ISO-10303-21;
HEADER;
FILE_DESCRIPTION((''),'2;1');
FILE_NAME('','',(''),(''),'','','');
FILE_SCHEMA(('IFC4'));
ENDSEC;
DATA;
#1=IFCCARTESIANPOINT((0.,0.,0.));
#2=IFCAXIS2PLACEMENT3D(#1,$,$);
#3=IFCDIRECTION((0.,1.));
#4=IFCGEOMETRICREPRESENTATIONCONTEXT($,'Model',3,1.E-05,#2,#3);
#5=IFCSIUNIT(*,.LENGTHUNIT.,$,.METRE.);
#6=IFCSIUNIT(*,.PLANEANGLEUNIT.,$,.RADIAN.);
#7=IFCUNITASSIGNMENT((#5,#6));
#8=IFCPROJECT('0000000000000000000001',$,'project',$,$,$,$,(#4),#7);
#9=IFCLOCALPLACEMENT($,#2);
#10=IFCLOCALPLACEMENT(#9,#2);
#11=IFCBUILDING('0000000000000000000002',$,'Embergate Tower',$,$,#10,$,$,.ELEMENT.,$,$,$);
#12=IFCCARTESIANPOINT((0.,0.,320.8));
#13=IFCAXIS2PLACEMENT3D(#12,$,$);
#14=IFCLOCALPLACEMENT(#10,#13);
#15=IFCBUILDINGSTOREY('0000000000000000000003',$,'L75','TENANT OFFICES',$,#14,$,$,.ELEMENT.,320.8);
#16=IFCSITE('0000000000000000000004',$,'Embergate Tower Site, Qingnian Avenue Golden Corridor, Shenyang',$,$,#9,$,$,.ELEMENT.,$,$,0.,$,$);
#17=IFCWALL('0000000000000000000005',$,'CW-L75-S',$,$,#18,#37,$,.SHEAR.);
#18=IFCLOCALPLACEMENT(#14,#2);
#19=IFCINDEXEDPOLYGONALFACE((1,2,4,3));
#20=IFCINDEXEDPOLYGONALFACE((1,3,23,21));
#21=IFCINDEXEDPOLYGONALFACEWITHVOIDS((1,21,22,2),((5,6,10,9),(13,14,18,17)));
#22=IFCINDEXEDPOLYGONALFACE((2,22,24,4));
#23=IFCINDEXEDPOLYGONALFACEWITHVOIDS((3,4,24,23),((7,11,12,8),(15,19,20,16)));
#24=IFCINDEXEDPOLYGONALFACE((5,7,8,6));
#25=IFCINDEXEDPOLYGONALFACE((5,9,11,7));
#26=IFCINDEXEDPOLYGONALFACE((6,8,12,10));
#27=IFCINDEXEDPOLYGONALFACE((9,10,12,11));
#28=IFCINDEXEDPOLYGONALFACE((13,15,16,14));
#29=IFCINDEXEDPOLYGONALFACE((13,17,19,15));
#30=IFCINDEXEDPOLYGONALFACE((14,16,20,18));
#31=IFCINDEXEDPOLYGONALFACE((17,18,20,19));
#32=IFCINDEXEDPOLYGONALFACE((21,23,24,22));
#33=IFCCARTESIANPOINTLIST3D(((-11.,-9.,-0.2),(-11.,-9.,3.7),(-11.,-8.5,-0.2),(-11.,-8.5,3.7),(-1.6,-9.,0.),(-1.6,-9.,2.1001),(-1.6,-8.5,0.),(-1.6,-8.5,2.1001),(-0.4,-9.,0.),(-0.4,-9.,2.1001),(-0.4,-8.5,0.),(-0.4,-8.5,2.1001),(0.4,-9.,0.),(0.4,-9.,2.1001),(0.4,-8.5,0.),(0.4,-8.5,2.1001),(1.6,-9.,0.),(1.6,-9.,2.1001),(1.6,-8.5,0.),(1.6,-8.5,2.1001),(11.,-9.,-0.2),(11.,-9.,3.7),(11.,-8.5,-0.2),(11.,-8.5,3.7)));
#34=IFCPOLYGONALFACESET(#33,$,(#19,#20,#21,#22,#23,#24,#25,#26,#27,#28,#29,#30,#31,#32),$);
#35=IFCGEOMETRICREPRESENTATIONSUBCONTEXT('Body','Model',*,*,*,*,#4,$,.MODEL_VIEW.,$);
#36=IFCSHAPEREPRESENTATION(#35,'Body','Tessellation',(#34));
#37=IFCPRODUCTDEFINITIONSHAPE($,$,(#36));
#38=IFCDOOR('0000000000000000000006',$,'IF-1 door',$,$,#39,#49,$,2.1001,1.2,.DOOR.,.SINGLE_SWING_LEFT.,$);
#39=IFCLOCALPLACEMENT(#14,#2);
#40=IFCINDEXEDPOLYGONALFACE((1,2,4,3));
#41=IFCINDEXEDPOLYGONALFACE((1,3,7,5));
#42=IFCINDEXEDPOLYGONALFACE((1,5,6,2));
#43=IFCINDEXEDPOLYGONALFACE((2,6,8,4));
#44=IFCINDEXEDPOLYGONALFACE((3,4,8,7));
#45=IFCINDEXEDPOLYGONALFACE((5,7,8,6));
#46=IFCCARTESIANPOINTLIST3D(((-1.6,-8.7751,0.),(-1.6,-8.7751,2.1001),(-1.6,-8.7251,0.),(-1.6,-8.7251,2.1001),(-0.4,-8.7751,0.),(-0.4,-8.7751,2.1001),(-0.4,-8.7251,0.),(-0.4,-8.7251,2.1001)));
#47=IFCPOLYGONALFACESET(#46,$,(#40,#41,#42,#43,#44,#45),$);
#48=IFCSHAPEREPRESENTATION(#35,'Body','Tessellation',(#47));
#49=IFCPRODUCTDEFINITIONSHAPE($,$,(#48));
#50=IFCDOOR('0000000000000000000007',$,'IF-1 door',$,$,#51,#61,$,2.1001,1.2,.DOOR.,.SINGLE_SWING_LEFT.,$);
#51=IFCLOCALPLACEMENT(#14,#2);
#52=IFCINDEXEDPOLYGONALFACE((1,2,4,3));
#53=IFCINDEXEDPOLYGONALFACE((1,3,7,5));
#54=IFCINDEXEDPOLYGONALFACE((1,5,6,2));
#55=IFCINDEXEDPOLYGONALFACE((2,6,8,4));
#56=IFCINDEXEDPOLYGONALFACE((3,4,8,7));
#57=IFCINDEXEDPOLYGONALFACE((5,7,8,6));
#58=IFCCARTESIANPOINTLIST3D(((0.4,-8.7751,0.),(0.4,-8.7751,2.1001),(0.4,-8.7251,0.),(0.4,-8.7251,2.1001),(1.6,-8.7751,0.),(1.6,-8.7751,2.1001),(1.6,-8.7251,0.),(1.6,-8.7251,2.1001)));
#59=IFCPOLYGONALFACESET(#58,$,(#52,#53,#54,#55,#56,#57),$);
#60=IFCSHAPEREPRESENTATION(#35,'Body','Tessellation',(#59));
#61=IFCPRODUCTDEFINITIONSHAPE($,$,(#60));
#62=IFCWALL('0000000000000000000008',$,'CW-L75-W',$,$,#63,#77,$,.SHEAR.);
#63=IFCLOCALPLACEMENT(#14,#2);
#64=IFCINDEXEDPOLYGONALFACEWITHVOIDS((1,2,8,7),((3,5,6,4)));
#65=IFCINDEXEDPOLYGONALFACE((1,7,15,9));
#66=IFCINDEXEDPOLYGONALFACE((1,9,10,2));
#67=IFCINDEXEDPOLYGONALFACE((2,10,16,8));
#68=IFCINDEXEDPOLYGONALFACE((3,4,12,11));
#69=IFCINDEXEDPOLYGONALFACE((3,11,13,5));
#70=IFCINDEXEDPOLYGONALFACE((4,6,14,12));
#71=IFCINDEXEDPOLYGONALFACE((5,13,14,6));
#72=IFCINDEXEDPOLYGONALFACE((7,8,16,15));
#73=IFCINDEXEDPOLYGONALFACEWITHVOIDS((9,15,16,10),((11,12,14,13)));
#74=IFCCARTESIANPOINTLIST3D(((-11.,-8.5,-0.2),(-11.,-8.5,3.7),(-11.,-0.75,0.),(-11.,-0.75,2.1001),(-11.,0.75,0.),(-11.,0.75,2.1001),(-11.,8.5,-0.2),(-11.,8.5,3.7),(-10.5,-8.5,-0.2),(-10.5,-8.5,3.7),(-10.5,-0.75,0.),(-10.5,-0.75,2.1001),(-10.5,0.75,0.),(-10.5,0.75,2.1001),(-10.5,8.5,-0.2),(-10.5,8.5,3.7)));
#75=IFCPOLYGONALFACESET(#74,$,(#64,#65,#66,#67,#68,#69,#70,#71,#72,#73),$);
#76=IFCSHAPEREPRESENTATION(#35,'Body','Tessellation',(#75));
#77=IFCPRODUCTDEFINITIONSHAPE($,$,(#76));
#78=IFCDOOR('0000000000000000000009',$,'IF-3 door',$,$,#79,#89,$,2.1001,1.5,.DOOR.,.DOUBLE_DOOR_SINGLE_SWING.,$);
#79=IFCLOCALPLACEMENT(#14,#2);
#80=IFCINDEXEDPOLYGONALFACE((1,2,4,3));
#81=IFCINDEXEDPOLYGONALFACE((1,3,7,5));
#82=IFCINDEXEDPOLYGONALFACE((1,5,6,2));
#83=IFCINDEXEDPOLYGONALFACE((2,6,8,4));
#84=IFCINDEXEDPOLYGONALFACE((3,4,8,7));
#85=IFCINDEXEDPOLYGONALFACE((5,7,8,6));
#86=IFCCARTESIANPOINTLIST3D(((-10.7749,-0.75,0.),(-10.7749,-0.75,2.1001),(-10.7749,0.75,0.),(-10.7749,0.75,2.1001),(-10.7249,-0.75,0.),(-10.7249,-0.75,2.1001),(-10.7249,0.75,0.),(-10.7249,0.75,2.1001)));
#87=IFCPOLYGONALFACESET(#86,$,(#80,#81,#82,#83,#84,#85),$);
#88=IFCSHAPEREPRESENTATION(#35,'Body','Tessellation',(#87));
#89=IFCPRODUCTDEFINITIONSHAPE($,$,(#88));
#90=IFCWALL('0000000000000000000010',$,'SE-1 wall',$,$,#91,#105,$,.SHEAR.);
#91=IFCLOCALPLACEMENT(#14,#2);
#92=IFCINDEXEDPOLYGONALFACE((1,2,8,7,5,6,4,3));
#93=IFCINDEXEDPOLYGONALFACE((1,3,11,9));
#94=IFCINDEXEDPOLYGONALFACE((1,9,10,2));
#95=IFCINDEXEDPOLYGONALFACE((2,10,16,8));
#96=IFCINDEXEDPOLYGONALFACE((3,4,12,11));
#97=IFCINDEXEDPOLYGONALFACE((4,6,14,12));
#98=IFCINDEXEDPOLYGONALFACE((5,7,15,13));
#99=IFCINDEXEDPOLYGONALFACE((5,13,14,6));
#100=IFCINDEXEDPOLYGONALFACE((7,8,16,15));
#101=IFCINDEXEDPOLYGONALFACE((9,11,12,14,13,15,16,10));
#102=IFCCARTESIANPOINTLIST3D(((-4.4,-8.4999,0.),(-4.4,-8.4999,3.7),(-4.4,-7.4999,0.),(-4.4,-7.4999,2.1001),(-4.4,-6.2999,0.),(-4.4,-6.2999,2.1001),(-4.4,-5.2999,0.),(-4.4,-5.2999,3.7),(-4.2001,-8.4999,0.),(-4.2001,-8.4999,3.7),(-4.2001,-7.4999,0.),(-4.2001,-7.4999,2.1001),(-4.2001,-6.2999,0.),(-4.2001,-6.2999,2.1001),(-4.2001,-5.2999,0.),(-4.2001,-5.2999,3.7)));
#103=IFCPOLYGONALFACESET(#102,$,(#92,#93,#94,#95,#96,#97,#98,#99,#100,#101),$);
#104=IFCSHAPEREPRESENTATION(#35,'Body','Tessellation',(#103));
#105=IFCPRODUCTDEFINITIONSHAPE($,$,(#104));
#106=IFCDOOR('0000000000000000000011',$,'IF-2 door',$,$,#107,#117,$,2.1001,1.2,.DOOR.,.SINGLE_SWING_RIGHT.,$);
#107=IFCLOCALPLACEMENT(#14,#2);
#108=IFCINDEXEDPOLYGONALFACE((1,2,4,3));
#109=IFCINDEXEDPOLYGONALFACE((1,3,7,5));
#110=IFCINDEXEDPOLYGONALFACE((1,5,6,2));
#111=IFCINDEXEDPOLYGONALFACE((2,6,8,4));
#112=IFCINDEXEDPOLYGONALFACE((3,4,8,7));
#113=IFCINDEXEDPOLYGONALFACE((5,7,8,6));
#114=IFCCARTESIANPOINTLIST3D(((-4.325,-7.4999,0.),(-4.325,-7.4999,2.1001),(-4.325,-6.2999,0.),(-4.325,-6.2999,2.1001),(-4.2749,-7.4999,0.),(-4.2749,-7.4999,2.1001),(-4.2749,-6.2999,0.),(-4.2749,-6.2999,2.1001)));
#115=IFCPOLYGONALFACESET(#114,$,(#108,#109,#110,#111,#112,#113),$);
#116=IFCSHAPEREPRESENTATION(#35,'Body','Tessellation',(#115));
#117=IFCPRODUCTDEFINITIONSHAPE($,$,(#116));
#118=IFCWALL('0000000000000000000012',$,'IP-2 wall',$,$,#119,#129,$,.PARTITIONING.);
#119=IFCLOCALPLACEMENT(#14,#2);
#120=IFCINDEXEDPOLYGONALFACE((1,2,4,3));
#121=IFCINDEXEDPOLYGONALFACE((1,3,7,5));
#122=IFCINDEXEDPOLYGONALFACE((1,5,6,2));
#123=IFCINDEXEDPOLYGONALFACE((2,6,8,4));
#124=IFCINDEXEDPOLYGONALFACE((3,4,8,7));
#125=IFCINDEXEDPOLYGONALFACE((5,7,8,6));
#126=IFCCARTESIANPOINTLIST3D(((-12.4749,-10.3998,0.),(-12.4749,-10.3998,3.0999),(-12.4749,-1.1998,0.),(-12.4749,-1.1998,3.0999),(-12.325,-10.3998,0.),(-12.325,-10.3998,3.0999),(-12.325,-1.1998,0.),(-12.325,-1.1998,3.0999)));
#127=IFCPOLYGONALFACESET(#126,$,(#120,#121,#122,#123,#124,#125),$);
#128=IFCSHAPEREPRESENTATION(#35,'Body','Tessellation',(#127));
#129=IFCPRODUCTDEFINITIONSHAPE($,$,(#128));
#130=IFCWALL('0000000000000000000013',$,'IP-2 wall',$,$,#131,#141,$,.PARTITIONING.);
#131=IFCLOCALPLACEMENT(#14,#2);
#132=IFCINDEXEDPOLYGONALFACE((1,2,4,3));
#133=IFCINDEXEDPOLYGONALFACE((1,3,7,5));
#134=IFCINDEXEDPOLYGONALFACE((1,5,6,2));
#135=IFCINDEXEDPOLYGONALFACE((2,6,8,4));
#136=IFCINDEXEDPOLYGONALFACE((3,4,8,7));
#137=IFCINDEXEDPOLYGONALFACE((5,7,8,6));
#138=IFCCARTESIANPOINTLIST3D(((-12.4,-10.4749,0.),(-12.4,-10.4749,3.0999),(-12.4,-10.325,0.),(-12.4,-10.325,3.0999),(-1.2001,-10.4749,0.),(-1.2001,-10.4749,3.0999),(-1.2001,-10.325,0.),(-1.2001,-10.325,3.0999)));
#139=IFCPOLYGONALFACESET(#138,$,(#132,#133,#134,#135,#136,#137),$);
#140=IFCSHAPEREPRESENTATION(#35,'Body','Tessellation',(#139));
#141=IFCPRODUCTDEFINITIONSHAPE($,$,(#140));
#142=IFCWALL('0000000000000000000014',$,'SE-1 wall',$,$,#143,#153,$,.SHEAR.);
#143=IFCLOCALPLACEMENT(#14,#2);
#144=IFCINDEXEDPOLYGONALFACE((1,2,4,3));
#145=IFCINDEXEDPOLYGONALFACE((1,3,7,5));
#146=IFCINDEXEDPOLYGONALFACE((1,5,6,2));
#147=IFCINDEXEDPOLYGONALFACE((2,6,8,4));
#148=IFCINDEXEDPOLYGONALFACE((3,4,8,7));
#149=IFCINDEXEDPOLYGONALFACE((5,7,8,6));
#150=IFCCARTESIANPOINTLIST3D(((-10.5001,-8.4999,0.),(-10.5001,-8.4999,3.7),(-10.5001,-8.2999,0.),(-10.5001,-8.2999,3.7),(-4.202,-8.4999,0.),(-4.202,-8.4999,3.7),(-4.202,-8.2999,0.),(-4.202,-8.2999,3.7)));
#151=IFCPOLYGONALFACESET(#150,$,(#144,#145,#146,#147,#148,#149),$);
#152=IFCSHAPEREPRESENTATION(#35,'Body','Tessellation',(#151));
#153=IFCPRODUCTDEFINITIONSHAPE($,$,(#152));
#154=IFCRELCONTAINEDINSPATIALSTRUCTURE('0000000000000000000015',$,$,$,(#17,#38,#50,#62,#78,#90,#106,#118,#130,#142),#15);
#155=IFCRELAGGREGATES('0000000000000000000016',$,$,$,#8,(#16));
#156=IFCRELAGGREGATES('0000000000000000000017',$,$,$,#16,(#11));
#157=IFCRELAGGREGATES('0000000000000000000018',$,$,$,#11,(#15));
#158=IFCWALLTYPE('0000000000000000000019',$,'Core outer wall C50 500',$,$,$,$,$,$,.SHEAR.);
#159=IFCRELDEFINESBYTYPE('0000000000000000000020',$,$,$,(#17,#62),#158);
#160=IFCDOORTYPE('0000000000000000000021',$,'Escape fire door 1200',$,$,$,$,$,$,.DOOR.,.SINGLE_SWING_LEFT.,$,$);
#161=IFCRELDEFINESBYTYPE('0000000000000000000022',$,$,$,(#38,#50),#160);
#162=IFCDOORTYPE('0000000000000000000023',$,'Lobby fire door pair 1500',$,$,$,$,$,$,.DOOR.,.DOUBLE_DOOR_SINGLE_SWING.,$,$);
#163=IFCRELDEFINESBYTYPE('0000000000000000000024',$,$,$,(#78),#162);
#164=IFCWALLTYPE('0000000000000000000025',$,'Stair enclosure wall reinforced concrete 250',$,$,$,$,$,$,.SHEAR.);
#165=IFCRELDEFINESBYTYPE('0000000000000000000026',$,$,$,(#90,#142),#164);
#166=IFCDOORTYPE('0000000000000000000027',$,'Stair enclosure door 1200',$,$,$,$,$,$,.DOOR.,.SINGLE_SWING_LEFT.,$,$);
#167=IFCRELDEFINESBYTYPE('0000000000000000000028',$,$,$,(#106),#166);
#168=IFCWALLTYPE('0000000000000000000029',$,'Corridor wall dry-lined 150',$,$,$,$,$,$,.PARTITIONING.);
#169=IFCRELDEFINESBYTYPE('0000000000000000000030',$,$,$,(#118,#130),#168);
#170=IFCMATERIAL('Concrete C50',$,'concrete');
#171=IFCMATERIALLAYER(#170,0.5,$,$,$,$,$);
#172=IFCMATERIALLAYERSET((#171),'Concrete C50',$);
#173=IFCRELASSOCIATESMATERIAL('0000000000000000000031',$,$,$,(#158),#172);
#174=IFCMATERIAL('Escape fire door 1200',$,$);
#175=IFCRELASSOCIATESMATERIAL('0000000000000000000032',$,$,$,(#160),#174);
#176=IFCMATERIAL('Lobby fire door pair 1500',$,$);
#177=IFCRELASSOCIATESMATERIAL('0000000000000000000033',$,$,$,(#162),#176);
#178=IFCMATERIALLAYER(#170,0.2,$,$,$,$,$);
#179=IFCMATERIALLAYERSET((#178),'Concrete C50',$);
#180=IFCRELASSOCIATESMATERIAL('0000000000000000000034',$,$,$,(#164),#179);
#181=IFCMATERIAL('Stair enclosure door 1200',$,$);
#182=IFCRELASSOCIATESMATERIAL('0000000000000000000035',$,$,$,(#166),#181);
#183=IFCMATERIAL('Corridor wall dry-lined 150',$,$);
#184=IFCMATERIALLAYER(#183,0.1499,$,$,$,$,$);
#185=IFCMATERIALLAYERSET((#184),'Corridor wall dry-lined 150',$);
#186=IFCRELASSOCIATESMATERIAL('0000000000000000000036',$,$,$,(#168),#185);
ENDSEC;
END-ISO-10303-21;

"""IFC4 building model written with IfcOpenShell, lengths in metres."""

from ifc_helpers import new_model, si_unit, direction, frame, frame_2d, origin, place, context, subcontext, project, spatial, rectangle, extrude, source, transform, mapped, material, layer, layer_set, type_object, element, fill, save


model = new_model("IFC4")

# Units and contexts
model_context = context("Model", 3, precision=1e-05, world=origin(), true_north=direction((0.0, 1.0)))
body_context = subcontext(model_context, "Body", "Model", "MODEL_VIEW")
ifc_project = project(units=[si_unit("LENGTHUNIT", "METRE"), si_unit("PLANEANGLEUNIT", "RADIAN")], contexts=[model_context])

# Site, building, storey
site_placement = place(None, origin())
site = spatial("IfcSite", under=ifc_project, at=site_placement, Name="Embergate Tower Site, Qingnian Avenue Golden Corridor, Shenyang", CompositionType="ELEMENT", RefElevation=0.0)
building_placement = place(site_placement, origin())
building = spatial("IfcBuilding", under=site, at=building_placement, Name="Embergate Tower", CompositionType="ELEMENT")
storey_placement = place(building_placement, frame((0.0, 0.0, 320.8)))
storey = spatial("IfcBuildingStorey", under=building, at=storey_placement, Name="L75", Description="TENANT OFFICES", CompositionType="ELEMENT", Elevation=320.8)

# Wall, openings, doors
ifc_material_1 = material(Name="Concrete C50", Category="concrete")
ifc_layer_1 = layer(ifc_material_1, 0.5)
ifc_layer_set_1 = layer_set([ifc_layer_1], Name="Concrete C50")
wall_type_1 = type_object("IfcWallType", Name="Core outer wall C50 500", PredefinedType="SHEAR", material=ifc_layer_set_1)
shared_shape_1 = source(origin(), body_context, "Body", "SweptSolid", [
    extrude(rectangle(XDim=22.0, YDim=0.5, at=frame_2d((11.0, 0.0))), origin(), (0.0, 0.0, 1.0), 3.8999),
])
wall_1_placement = place(storey_placement, frame((-11.0, -8.75, -0.2), z_axis=(0.0, 0.0, 1.0), x_axis=(1.0, 0.0, 0.0)))
wall_1 = element("IfcWall", 1, at=wall_1_placement, inside=storey, type_object=wall_type_1, Name="CW-L75-S", PredefinedType="SHEAR", context=body_context, shape_type="MappedRepresentation", body=[
    mapped(shared_shape_1, transform((0.0, 0.0, 0.0))),
])
shared_shape_2 = source(origin(), body_context, "Body", "SweptSolid", [
    extrude(rectangle(XDim=1.2, YDim=2.1001, at=frame_2d((0.6001, 1.05))), frame((0.0, 0.26, 0.0), z_axis=(0.0, -1.0, 0.0), x_axis=(1.0, 0.0, 0.0)), (0.0, 0.0, 1.0), 0.52),
])
opening_1_placement = place(wall_1_placement, frame((9.3999, 0.0, 0.2)))
opening_1 = element("IfcOpeningElement", 2, at=opening_1_placement, cuts=wall_1, PredefinedType="OPENING", context=body_context, shape_type="MappedRepresentation", body=[
    mapped(shared_shape_2, transform((0.0, 0.0, 0.0))),
])
opening_2_placement = place(wall_1_placement, frame((11.3999, 0.0, 0.2)))
opening_2 = element("IfcOpeningElement", 3, at=opening_2_placement, cuts=wall_1, PredefinedType="OPENING", context=body_context, shape_type="MappedRepresentation", body=[
    mapped(shared_shape_2, transform((0.0, 0.0, 0.0))),
])
ifc_material_2 = material(Name="Escape fire door 1200")
door_type_1 = type_object("IfcDoorType", Name="Escape fire door 1200", OperationType="SINGLE_SWING_LEFT", PredefinedType="DOOR", material=ifc_material_2)
shared_shape_3 = source(origin(), body_context, "Body", "SweptSolid", [
    extrude(rectangle(XDim=1.2, YDim=2.1001, at=frame_2d((0.6001, 1.05))), frame((0.0, 0.0249, 0.0), z_axis=(0.0, -1.0, 0.0), x_axis=(1.0, 0.0, 0.0)), (0.0, 0.0, 1.0), 0.05),
])
door_1_placement = place(opening_1_placement, origin())
door_1 = element("IfcDoor", 4, at=door_1_placement, inside=storey, type_object=door_type_1, Name="IF-1 door", OperationType="SINGLE_SWING_LEFT", OverallHeight=2.1001, OverallWidth=1.2, PredefinedType="DOOR", context=body_context, shape_type="MappedRepresentation", body=[
    mapped(shared_shape_3, transform((0.0, 0.0, 0.0))),
])
fill(opening_1, door_1)
door_2_placement = place(opening_2_placement, origin())
door_2 = element("IfcDoor", 5, at=door_2_placement, inside=storey, type_object=door_type_1, Name="IF-1 door", OperationType="SINGLE_SWING_LEFT", OverallHeight=2.1001, OverallWidth=1.2, PredefinedType="DOOR", context=body_context, shape_type="MappedRepresentation", body=[
    mapped(shared_shape_3, transform((0.0, 0.0, 0.0))),
])
fill(opening_2, door_2)

# Walls, openings, doors
shared_shape_4 = source(origin(), body_context, "Body", "SweptSolid", [
    extrude(rectangle(XDim=17.0, YDim=0.5, at=frame_2d((8.5, 0.0))), origin(), (0.0, 0.0, 1.0), 3.8999),
])
wall_2_placement = place(storey_placement, frame((-10.75, -8.5, -0.2), z_axis=(0.0, 0.0, 1.0), x_axis=(0.0, 1.0, 0.0)))
wall_2 = element("IfcWall", 6, at=wall_2_placement, inside=storey, type_object=wall_type_1, Name="CW-L75-W", PredefinedType="SHEAR", context=body_context, shape_type="MappedRepresentation", body=[
    mapped(shared_shape_4, transform((0.0, 0.0, 0.0))),
])
shared_shape_5 = source(origin(), body_context, "Body", "SweptSolid", [
    extrude(rectangle(XDim=1.5, YDim=2.1001, at=frame_2d((0.75, 1.05))), frame((0.0, 0.26, 0.0), z_axis=(0.0, -1.0, 0.0), x_axis=(1.0, 0.0, 0.0)), (0.0, 0.0, 1.0), 0.52),
])
opening_3_placement = place(wall_2_placement, frame((7.75, 0.0, 0.2)))
opening_3 = element("IfcOpeningElement", 7, at=opening_3_placement, cuts=wall_2, PredefinedType="OPENING", context=body_context, shape_type="MappedRepresentation", body=[
    mapped(shared_shape_5, transform((0.0, 0.0, 0.0))),
])
ifc_material_3 = material(Name="Lobby fire door pair 1500")
door_type_2 = type_object("IfcDoorType", Name="Lobby fire door pair 1500", OperationType="DOUBLE_DOOR_SINGLE_SWING", PredefinedType="DOOR", material=ifc_material_3)
shared_shape_6 = source(origin(), body_context, "Body", "SweptSolid", [
    extrude(rectangle(XDim=1.5, YDim=2.1001, at=frame_2d((0.75, 1.05))), frame((0.0, 0.0249, 0.0), z_axis=(0.0, -1.0, 0.0), x_axis=(1.0, 0.0, 0.0)), (0.0, 0.0, 1.0), 0.05),
])
door_3_placement = place(opening_3_placement, origin())
door_3 = element("IfcDoor", 8, at=door_3_placement, inside=storey, type_object=door_type_2, Name="IF-3 door", OperationType="DOUBLE_DOOR_SINGLE_SWING", OverallHeight=2.1001, OverallWidth=1.5, PredefinedType="DOOR", context=body_context, shape_type="MappedRepresentation", body=[
    mapped(shared_shape_6, transform((0.0, 0.0, 0.0))),
])
fill(opening_3, door_3)
ifc_layer_2 = layer(ifc_material_1, 0.2)
ifc_layer_set_2 = layer_set([ifc_layer_2], Name="Concrete C50")
wall_type_2 = type_object("IfcWallType", Name="Stair enclosure wall reinforced concrete 250", PredefinedType="SHEAR", material=ifc_layer_set_2)
shared_shape_7 = source(origin(), body_context, "Body", "SweptSolid", [
    extrude(rectangle(XDim=3.2, YDim=0.2, at=frame_2d((1.6001, 0.0))), origin(), (0.0, 0.0, 1.0), 3.7),
])
wall_3_placement = place(storey_placement, frame((-4.3, -8.5, 0.0), z_axis=(0.0, 0.0, 1.0), x_axis=(0.0, 1.0, 0.0)))
wall_3 = element("IfcWall", 9, at=wall_3_placement, inside=storey, type_object=wall_type_2, Name="SE-1 wall", PredefinedType="SHEAR", context=body_context, shape_type="MappedRepresentation", body=[
    mapped(shared_shape_7, transform((0.0, 0.0, 0.0))),
])
shared_shape_8 = source(origin(), body_context, "Body", "SweptSolid", [
    extrude(rectangle(XDim=1.2, YDim=2.1001, at=frame_2d((0.6001, 1.05))), frame((0.0, 0.1099, 0.0), z_axis=(0.0, -1.0, 0.0), x_axis=(1.0, 0.0, 0.0)), (0.0, 0.0, 1.0), 0.22),
])
opening_4_placement = place(wall_3_placement, frame((1.0, 0.0, 0.0)))
opening_4 = element("IfcOpeningElement", 10, at=opening_4_placement, cuts=wall_3, PredefinedType="OPENING", context=body_context, shape_type="MappedRepresentation", body=[
    mapped(shared_shape_8, transform((0.0, 0.0, 0.0))),
])
ifc_material_4 = material(Name="Stair enclosure door 1200")
door_type_3 = type_object("IfcDoorType", Name="Stair enclosure door 1200", OperationType="SINGLE_SWING_LEFT", PredefinedType="DOOR", material=ifc_material_4)
door_4_placement = place(opening_4_placement, origin())
door_4 = element("IfcDoor", 11, at=door_4_placement, inside=storey, type_object=door_type_3, Name="IF-2 door", OperationType="SINGLE_SWING_RIGHT", OverallHeight=2.1001, OverallWidth=1.2, PredefinedType="DOOR", context=body_context, shape_type="MappedRepresentation", body=[
    mapped(shared_shape_3, transform((0.0, 0.0, 0.0))),
])
fill(opening_4, door_4)

# Walls
ifc_material_5 = material(Name="Corridor wall dry-lined 150")
ifc_layer_3 = layer(ifc_material_5, 0.1499)
ifc_layer_set_3 = layer_set([ifc_layer_3], Name="Corridor wall dry-lined 150")
wall_type_3 = type_object("IfcWallType", Name="Corridor wall dry-lined 150", PredefinedType="PARTITIONING", material=ifc_layer_set_3)
shared_shape_9 = source(origin(), body_context, "Body", "SweptSolid", [
    extrude(rectangle(XDim=9.2, YDim=0.1499, at=frame_2d((4.6001, 0.0))), origin(), (0.0, 0.0, 1.0), 3.0999),
])
wall_4_placement = place(storey_placement, frame((-12.3999, -10.3999, 0.0), z_axis=(0.0, 0.0, 1.0), x_axis=(0.0, 1.0, 0.0)))
element("IfcWall", 12, at=wall_4_placement, inside=storey, type_object=wall_type_3, Name="IP-2 wall", PredefinedType="PARTITIONING", context=body_context, shape_type="MappedRepresentation", body=[
    mapped(shared_shape_9, transform((0.0, 0.0, 0.0))),
])
shared_shape_10 = source(origin(), body_context, "Body", "SweptSolid", [
    extrude(rectangle(XDim=11.2, YDim=0.1499, at=frame_2d((5.6001, 0.0))), origin(), (0.0, 0.0, 1.0), 3.0999),
])
wall_5_placement = place(storey_placement, frame((-1.2, -10.3999, 0.0), z_axis=(0.0, 0.0, 1.0), x_axis=(-1.0, 0.0, 0.0)))
element("IfcWall", 13, at=wall_5_placement, inside=storey, type_object=wall_type_3, Name="IP-2 wall", PredefinedType="PARTITIONING", context=body_context, shape_type="MappedRepresentation", body=[
    mapped(shared_shape_10, transform((0.0, 0.0, 0.0))),
])
shared_shape_11 = source(origin(), body_context, "Body", "SweptSolid", [
    extrude(rectangle(XDim=6.2981, YDim=0.2, at=frame_2d((3.1489, 0.0))), origin(), (0.0, 0.0, 1.0), 3.7),
])
wall_6_placement = place(storey_placement, frame((-10.5, -8.3999, 0.0), z_axis=(0.0, 0.0, 1.0), x_axis=(1.0, 0.0, 0.0)))
element("IfcWall", 14, at=wall_6_placement, inside=storey, type_object=wall_type_2, Name="SE-1 wall", PredefinedType="SHEAR", context=body_context, shape_type="MappedRepresentation", body=[
    mapped(shared_shape_11, transform((0.0, 0.0, 0.0))),
])

save(model, "model.ifc")
